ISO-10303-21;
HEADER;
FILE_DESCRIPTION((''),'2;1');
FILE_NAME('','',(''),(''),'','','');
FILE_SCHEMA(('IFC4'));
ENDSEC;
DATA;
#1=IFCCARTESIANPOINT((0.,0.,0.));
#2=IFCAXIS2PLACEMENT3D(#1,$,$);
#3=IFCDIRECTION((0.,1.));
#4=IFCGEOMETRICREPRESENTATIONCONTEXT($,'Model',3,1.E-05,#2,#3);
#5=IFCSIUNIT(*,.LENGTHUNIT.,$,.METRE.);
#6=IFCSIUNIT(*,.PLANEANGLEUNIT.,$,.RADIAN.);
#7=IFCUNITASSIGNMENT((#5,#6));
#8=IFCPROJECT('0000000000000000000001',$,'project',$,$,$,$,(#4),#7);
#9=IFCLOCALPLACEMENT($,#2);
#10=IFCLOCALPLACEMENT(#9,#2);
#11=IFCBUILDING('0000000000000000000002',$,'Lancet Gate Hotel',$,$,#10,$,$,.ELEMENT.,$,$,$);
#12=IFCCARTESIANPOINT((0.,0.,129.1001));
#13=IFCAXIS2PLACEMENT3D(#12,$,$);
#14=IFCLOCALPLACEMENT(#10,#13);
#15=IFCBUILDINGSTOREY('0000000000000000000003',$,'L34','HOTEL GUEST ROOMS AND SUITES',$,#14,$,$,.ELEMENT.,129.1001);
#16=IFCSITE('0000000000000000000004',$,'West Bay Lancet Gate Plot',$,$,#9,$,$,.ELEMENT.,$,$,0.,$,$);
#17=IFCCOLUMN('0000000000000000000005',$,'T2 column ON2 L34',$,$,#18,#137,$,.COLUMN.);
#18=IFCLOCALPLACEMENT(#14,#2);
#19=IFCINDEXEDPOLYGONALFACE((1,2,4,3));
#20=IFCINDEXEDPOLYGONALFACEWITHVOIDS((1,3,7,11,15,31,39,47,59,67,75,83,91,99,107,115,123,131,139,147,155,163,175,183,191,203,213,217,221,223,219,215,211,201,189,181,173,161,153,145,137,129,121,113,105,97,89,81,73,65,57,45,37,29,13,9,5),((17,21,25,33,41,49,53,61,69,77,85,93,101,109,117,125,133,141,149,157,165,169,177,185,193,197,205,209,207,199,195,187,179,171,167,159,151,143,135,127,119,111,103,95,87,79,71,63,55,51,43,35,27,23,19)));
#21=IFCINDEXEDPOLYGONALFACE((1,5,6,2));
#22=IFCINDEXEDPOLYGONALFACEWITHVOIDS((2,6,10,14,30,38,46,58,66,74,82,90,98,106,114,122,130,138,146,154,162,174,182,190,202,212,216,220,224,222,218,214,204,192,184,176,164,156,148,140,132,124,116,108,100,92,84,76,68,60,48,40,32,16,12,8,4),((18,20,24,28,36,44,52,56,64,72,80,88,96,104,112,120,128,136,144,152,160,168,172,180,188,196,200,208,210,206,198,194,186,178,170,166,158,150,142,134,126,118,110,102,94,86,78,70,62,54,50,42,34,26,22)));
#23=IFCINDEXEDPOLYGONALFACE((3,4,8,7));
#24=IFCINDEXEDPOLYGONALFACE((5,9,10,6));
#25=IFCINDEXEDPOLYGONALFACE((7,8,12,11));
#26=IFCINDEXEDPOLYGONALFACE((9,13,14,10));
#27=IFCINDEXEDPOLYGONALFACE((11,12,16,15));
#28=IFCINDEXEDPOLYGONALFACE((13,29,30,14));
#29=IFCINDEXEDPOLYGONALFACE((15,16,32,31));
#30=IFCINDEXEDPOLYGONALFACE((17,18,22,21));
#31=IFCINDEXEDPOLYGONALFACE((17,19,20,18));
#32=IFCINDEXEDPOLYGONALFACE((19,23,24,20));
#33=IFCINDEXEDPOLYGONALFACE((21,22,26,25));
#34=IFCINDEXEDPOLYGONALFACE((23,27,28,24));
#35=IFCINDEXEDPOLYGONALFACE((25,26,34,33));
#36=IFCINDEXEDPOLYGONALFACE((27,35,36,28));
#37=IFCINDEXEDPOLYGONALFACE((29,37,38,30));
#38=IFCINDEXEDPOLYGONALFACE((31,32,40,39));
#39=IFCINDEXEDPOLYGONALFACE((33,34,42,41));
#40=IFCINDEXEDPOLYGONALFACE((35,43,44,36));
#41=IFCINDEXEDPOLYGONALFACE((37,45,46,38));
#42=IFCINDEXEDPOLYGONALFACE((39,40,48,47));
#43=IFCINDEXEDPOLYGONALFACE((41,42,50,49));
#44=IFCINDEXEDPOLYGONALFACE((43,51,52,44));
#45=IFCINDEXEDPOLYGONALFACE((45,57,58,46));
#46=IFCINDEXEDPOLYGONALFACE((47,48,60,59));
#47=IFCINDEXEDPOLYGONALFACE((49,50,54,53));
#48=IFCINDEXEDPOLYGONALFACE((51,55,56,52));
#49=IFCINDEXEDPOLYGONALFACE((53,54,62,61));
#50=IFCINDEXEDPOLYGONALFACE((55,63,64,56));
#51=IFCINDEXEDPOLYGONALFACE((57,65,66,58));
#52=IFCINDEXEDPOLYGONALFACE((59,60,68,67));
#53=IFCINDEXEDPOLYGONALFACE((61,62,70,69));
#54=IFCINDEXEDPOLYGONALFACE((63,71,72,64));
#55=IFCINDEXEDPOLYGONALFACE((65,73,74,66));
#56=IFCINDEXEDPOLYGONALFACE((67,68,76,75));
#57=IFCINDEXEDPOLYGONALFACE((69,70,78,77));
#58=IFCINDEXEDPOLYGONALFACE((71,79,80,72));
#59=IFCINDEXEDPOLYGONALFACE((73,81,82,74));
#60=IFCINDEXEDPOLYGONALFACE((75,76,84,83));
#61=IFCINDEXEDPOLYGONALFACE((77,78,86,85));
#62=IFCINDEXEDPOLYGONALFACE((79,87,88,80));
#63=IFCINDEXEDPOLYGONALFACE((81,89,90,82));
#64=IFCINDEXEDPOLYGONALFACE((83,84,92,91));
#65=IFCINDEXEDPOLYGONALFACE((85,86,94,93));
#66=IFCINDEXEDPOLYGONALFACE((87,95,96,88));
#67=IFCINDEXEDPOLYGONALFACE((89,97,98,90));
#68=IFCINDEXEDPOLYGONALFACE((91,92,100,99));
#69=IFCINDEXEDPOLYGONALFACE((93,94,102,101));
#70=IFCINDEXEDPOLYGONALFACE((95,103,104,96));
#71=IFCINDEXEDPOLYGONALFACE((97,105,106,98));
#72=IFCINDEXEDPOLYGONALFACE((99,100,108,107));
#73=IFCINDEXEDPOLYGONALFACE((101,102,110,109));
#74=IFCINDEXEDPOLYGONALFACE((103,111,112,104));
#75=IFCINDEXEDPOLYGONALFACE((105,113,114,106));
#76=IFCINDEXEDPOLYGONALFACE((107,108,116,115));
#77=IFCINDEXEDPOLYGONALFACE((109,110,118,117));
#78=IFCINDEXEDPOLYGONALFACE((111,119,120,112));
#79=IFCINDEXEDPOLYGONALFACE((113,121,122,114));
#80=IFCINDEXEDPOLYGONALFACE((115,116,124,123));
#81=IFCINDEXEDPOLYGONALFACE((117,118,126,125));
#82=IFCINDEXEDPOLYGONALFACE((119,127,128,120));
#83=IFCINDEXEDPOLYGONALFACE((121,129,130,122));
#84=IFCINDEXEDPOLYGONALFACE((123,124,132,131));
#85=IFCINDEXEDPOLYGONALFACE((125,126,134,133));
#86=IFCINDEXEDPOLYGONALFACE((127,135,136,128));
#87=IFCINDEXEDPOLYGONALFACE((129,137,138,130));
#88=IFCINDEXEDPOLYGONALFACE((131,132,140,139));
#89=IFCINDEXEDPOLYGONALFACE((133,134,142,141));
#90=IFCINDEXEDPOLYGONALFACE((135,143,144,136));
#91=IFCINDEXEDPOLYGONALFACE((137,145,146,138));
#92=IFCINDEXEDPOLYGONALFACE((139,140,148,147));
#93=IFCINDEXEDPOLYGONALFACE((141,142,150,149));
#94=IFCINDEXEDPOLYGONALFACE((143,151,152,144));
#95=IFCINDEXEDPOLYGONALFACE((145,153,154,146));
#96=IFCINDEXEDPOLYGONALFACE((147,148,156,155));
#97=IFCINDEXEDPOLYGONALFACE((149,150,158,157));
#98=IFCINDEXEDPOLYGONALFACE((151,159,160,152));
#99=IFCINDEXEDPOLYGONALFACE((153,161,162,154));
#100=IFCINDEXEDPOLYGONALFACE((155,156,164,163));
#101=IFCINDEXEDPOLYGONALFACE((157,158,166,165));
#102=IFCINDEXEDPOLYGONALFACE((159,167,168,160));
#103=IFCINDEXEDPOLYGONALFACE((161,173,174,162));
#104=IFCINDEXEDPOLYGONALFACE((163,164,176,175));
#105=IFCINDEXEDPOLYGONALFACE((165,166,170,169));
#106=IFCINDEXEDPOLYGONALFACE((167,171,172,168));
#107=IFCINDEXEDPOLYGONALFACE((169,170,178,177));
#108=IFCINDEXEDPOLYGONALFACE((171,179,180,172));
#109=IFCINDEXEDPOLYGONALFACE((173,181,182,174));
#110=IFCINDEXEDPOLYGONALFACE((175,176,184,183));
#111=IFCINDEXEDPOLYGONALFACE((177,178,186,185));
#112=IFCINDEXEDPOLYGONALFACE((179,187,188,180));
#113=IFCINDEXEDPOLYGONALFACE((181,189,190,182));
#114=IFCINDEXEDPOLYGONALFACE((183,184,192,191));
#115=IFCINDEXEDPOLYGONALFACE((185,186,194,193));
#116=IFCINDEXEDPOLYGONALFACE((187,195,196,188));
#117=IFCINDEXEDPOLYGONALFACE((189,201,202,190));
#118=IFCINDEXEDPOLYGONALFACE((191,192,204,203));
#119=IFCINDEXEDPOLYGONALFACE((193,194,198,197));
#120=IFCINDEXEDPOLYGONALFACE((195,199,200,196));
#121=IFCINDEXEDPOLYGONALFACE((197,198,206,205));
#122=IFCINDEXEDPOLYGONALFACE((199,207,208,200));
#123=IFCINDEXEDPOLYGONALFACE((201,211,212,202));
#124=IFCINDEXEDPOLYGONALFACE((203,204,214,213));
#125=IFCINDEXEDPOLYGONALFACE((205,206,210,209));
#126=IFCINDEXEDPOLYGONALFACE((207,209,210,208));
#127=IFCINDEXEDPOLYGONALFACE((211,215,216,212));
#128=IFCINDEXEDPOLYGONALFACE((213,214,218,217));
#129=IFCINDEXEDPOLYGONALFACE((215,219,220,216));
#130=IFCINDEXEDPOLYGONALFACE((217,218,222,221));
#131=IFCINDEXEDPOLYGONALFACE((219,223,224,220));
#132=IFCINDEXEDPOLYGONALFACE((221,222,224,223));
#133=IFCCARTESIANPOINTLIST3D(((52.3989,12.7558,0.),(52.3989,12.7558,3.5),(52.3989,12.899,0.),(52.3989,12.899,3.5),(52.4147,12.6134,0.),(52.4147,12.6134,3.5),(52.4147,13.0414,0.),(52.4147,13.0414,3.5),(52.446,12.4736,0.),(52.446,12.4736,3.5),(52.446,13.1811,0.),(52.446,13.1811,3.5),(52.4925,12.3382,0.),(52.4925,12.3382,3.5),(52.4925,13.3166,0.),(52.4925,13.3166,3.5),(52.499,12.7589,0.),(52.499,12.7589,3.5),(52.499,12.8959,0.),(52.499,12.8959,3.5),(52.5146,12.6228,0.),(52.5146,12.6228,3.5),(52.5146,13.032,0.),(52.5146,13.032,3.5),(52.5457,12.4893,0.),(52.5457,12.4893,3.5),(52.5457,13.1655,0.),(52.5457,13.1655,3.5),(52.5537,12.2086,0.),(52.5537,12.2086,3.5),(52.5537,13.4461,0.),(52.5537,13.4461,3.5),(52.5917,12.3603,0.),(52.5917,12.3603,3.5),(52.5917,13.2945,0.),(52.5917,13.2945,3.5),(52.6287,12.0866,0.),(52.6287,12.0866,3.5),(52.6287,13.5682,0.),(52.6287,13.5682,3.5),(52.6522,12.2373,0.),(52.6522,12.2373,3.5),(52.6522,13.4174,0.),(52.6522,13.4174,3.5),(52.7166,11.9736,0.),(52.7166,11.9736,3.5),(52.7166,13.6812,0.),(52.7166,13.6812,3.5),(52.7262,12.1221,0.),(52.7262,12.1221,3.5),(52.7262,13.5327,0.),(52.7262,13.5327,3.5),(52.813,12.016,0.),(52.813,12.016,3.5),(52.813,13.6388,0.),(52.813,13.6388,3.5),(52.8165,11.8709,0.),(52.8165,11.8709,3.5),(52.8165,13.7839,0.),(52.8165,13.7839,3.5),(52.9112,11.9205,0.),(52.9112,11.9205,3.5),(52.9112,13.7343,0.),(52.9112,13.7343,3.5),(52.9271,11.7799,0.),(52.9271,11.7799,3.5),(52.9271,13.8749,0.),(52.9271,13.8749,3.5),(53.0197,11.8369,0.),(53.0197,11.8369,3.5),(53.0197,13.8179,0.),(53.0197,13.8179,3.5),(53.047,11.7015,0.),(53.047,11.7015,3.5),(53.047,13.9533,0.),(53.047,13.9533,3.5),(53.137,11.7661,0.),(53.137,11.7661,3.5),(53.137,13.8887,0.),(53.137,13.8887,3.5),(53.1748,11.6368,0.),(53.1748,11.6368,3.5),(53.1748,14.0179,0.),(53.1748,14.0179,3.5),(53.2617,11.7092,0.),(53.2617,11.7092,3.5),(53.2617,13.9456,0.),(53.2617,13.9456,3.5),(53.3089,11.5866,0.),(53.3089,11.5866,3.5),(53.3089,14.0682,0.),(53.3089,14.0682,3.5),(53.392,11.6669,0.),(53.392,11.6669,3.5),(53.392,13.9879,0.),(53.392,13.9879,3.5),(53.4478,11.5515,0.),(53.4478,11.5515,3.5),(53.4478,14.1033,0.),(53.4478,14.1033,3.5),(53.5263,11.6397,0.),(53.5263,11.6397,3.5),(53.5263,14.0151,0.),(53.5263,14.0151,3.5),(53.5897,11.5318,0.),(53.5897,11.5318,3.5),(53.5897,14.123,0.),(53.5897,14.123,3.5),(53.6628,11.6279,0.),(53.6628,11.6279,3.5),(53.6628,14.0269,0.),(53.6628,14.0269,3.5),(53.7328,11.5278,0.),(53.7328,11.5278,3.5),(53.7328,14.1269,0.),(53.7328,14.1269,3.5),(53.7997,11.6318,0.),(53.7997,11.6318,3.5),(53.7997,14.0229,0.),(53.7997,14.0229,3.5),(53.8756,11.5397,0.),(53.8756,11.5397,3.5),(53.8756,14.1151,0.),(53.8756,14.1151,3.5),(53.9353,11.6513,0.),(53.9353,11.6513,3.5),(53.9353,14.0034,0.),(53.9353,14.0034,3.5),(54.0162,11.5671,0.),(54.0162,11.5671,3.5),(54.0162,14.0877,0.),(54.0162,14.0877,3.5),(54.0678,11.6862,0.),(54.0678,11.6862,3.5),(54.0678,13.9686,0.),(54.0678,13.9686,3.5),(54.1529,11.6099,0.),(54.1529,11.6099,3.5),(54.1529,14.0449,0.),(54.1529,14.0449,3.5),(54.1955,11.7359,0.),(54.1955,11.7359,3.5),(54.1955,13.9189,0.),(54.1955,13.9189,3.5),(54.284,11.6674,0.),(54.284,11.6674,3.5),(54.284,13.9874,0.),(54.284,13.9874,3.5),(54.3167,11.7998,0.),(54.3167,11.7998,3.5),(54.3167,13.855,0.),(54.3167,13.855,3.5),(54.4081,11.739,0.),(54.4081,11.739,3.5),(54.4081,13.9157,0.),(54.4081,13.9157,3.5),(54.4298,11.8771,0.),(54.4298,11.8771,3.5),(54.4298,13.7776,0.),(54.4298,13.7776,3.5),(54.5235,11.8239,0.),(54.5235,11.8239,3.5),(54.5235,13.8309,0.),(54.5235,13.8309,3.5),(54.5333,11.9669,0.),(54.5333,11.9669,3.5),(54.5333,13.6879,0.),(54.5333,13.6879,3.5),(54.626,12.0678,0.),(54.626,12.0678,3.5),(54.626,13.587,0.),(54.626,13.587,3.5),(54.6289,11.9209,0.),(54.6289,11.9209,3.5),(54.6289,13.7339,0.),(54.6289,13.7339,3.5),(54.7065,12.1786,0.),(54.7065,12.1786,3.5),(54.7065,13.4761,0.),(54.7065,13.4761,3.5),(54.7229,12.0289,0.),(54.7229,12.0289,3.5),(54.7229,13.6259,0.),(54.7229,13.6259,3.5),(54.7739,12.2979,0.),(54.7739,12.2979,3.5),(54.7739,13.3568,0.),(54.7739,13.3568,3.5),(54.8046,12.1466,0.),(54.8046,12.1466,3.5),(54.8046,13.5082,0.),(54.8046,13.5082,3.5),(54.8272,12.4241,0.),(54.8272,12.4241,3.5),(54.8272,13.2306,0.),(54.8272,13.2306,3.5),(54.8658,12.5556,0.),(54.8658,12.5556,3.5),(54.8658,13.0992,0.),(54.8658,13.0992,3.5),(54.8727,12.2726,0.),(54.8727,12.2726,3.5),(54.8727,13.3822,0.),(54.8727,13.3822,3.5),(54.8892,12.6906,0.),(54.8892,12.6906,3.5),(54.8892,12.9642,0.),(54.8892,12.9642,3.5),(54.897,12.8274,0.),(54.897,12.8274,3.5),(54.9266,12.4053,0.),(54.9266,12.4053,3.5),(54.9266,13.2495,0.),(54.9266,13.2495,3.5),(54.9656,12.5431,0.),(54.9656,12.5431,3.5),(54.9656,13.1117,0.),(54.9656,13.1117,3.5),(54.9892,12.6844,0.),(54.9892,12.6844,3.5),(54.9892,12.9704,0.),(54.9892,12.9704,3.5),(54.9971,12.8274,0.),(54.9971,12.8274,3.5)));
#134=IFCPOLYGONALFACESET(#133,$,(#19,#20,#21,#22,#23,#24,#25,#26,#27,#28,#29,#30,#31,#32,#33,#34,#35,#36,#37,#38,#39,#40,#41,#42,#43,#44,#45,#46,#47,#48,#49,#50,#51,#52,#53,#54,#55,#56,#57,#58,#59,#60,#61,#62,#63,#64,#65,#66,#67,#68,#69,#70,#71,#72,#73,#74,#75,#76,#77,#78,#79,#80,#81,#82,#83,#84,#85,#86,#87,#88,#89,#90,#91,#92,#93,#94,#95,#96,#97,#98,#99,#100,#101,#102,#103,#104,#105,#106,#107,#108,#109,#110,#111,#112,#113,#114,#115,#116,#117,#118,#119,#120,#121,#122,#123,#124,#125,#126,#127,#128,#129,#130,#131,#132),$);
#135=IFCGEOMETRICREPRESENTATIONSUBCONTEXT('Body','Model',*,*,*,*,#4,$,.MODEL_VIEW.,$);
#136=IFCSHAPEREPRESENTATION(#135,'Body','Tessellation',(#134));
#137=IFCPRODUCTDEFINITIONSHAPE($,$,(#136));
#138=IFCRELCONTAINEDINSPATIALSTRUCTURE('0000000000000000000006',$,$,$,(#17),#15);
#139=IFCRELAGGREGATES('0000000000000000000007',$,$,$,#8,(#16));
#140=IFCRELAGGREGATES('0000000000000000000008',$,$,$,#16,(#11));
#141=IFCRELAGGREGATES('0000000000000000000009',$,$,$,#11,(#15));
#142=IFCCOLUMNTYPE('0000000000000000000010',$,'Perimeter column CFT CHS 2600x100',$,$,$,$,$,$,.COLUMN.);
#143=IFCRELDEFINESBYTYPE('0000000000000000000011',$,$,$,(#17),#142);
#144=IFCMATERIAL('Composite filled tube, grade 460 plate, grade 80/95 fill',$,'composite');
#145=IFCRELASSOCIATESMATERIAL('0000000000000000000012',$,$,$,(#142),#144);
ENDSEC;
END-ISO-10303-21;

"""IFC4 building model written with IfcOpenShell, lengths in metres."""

from ifc_helpers import new_model, si_unit, direction, frame, origin, origin_2d, place, context, subcontext, project, spatial, hollow_circle, extrude, material, material_profile, profile_set, type_object, element, save


model = new_model("IFC4")

# Units and contexts
model_context = context("Model", 3, precision=1e-05, world=origin(), true_north=direction((0.0, 1.0)))
body_context = subcontext(model_context, "Body", "Model", "MODEL_VIEW")
ifc_project = project(units=[si_unit("LENGTHUNIT", "METRE"), si_unit("PLANEANGLEUNIT", "RADIAN")], contexts=[model_context])

# Site, building, storey
site_placement = place(None, origin())
site = spatial("IfcSite", under=ifc_project, at=site_placement, Name="West Bay Lancet Gate Plot", CompositionType="ELEMENT", RefElevation=0.0)
building_placement = place(site_placement, origin())
building = spatial("IfcBuilding", under=site, at=building_placement, Name="Lancet Gate Hotel", CompositionType="ELEMENT")
storey_placement = place(building_placement, frame((0.0, 0.0, 129.1001)))
storey = spatial("IfcBuildingStorey", under=building, at=storey_placement, Name="L34", Description="HOTEL GUEST ROOMS AND SUITES", CompositionType="ELEMENT", Elevation=129.1001)

# Column
ifc_material_1 = material(Name="Composite filled tube, grade 460 plate, grade 80/95 fill", Category="composite")
ifc_material_profile_1 = material_profile(ifc_material_1, hollow_circle(Radius=1.3, WallThickness=0.1001, at=origin_2d()), Name="CHS 2600x100")
ifc_profile_set_1 = profile_set([ifc_material_profile_1], Name="Composite filled tube, grade 460 plate, grade 80/95 fill")
column_type = type_object("IfcColumnType", Name="Perimeter column CFT CHS 2600x100", PredefinedType="COLUMN", material=ifc_profile_set_1)
for number, where, z_axis, x_axis, name in (
    (1, (53.697, 12.8274, 0.0), (0.0, 0.0, 1.0), (1.0, 0.0, 0.0), "T2 column ON2 L34"),
):
    element("IfcColumn", number, at=place(storey_placement, frame(where, z_axis=z_axis, x_axis=x_axis)), inside=storey, type_object=column_type, Name=name, PredefinedType="COLUMN", context=body_context, shape_type="SweptSolid", body=[
        extrude(hollow_circle(Radius=1.3, WallThickness=0.1001, at=origin_2d()), origin(), (0.0, 0.0, 1.0), 3.5),
    ])

save(model, "model.ifc")
